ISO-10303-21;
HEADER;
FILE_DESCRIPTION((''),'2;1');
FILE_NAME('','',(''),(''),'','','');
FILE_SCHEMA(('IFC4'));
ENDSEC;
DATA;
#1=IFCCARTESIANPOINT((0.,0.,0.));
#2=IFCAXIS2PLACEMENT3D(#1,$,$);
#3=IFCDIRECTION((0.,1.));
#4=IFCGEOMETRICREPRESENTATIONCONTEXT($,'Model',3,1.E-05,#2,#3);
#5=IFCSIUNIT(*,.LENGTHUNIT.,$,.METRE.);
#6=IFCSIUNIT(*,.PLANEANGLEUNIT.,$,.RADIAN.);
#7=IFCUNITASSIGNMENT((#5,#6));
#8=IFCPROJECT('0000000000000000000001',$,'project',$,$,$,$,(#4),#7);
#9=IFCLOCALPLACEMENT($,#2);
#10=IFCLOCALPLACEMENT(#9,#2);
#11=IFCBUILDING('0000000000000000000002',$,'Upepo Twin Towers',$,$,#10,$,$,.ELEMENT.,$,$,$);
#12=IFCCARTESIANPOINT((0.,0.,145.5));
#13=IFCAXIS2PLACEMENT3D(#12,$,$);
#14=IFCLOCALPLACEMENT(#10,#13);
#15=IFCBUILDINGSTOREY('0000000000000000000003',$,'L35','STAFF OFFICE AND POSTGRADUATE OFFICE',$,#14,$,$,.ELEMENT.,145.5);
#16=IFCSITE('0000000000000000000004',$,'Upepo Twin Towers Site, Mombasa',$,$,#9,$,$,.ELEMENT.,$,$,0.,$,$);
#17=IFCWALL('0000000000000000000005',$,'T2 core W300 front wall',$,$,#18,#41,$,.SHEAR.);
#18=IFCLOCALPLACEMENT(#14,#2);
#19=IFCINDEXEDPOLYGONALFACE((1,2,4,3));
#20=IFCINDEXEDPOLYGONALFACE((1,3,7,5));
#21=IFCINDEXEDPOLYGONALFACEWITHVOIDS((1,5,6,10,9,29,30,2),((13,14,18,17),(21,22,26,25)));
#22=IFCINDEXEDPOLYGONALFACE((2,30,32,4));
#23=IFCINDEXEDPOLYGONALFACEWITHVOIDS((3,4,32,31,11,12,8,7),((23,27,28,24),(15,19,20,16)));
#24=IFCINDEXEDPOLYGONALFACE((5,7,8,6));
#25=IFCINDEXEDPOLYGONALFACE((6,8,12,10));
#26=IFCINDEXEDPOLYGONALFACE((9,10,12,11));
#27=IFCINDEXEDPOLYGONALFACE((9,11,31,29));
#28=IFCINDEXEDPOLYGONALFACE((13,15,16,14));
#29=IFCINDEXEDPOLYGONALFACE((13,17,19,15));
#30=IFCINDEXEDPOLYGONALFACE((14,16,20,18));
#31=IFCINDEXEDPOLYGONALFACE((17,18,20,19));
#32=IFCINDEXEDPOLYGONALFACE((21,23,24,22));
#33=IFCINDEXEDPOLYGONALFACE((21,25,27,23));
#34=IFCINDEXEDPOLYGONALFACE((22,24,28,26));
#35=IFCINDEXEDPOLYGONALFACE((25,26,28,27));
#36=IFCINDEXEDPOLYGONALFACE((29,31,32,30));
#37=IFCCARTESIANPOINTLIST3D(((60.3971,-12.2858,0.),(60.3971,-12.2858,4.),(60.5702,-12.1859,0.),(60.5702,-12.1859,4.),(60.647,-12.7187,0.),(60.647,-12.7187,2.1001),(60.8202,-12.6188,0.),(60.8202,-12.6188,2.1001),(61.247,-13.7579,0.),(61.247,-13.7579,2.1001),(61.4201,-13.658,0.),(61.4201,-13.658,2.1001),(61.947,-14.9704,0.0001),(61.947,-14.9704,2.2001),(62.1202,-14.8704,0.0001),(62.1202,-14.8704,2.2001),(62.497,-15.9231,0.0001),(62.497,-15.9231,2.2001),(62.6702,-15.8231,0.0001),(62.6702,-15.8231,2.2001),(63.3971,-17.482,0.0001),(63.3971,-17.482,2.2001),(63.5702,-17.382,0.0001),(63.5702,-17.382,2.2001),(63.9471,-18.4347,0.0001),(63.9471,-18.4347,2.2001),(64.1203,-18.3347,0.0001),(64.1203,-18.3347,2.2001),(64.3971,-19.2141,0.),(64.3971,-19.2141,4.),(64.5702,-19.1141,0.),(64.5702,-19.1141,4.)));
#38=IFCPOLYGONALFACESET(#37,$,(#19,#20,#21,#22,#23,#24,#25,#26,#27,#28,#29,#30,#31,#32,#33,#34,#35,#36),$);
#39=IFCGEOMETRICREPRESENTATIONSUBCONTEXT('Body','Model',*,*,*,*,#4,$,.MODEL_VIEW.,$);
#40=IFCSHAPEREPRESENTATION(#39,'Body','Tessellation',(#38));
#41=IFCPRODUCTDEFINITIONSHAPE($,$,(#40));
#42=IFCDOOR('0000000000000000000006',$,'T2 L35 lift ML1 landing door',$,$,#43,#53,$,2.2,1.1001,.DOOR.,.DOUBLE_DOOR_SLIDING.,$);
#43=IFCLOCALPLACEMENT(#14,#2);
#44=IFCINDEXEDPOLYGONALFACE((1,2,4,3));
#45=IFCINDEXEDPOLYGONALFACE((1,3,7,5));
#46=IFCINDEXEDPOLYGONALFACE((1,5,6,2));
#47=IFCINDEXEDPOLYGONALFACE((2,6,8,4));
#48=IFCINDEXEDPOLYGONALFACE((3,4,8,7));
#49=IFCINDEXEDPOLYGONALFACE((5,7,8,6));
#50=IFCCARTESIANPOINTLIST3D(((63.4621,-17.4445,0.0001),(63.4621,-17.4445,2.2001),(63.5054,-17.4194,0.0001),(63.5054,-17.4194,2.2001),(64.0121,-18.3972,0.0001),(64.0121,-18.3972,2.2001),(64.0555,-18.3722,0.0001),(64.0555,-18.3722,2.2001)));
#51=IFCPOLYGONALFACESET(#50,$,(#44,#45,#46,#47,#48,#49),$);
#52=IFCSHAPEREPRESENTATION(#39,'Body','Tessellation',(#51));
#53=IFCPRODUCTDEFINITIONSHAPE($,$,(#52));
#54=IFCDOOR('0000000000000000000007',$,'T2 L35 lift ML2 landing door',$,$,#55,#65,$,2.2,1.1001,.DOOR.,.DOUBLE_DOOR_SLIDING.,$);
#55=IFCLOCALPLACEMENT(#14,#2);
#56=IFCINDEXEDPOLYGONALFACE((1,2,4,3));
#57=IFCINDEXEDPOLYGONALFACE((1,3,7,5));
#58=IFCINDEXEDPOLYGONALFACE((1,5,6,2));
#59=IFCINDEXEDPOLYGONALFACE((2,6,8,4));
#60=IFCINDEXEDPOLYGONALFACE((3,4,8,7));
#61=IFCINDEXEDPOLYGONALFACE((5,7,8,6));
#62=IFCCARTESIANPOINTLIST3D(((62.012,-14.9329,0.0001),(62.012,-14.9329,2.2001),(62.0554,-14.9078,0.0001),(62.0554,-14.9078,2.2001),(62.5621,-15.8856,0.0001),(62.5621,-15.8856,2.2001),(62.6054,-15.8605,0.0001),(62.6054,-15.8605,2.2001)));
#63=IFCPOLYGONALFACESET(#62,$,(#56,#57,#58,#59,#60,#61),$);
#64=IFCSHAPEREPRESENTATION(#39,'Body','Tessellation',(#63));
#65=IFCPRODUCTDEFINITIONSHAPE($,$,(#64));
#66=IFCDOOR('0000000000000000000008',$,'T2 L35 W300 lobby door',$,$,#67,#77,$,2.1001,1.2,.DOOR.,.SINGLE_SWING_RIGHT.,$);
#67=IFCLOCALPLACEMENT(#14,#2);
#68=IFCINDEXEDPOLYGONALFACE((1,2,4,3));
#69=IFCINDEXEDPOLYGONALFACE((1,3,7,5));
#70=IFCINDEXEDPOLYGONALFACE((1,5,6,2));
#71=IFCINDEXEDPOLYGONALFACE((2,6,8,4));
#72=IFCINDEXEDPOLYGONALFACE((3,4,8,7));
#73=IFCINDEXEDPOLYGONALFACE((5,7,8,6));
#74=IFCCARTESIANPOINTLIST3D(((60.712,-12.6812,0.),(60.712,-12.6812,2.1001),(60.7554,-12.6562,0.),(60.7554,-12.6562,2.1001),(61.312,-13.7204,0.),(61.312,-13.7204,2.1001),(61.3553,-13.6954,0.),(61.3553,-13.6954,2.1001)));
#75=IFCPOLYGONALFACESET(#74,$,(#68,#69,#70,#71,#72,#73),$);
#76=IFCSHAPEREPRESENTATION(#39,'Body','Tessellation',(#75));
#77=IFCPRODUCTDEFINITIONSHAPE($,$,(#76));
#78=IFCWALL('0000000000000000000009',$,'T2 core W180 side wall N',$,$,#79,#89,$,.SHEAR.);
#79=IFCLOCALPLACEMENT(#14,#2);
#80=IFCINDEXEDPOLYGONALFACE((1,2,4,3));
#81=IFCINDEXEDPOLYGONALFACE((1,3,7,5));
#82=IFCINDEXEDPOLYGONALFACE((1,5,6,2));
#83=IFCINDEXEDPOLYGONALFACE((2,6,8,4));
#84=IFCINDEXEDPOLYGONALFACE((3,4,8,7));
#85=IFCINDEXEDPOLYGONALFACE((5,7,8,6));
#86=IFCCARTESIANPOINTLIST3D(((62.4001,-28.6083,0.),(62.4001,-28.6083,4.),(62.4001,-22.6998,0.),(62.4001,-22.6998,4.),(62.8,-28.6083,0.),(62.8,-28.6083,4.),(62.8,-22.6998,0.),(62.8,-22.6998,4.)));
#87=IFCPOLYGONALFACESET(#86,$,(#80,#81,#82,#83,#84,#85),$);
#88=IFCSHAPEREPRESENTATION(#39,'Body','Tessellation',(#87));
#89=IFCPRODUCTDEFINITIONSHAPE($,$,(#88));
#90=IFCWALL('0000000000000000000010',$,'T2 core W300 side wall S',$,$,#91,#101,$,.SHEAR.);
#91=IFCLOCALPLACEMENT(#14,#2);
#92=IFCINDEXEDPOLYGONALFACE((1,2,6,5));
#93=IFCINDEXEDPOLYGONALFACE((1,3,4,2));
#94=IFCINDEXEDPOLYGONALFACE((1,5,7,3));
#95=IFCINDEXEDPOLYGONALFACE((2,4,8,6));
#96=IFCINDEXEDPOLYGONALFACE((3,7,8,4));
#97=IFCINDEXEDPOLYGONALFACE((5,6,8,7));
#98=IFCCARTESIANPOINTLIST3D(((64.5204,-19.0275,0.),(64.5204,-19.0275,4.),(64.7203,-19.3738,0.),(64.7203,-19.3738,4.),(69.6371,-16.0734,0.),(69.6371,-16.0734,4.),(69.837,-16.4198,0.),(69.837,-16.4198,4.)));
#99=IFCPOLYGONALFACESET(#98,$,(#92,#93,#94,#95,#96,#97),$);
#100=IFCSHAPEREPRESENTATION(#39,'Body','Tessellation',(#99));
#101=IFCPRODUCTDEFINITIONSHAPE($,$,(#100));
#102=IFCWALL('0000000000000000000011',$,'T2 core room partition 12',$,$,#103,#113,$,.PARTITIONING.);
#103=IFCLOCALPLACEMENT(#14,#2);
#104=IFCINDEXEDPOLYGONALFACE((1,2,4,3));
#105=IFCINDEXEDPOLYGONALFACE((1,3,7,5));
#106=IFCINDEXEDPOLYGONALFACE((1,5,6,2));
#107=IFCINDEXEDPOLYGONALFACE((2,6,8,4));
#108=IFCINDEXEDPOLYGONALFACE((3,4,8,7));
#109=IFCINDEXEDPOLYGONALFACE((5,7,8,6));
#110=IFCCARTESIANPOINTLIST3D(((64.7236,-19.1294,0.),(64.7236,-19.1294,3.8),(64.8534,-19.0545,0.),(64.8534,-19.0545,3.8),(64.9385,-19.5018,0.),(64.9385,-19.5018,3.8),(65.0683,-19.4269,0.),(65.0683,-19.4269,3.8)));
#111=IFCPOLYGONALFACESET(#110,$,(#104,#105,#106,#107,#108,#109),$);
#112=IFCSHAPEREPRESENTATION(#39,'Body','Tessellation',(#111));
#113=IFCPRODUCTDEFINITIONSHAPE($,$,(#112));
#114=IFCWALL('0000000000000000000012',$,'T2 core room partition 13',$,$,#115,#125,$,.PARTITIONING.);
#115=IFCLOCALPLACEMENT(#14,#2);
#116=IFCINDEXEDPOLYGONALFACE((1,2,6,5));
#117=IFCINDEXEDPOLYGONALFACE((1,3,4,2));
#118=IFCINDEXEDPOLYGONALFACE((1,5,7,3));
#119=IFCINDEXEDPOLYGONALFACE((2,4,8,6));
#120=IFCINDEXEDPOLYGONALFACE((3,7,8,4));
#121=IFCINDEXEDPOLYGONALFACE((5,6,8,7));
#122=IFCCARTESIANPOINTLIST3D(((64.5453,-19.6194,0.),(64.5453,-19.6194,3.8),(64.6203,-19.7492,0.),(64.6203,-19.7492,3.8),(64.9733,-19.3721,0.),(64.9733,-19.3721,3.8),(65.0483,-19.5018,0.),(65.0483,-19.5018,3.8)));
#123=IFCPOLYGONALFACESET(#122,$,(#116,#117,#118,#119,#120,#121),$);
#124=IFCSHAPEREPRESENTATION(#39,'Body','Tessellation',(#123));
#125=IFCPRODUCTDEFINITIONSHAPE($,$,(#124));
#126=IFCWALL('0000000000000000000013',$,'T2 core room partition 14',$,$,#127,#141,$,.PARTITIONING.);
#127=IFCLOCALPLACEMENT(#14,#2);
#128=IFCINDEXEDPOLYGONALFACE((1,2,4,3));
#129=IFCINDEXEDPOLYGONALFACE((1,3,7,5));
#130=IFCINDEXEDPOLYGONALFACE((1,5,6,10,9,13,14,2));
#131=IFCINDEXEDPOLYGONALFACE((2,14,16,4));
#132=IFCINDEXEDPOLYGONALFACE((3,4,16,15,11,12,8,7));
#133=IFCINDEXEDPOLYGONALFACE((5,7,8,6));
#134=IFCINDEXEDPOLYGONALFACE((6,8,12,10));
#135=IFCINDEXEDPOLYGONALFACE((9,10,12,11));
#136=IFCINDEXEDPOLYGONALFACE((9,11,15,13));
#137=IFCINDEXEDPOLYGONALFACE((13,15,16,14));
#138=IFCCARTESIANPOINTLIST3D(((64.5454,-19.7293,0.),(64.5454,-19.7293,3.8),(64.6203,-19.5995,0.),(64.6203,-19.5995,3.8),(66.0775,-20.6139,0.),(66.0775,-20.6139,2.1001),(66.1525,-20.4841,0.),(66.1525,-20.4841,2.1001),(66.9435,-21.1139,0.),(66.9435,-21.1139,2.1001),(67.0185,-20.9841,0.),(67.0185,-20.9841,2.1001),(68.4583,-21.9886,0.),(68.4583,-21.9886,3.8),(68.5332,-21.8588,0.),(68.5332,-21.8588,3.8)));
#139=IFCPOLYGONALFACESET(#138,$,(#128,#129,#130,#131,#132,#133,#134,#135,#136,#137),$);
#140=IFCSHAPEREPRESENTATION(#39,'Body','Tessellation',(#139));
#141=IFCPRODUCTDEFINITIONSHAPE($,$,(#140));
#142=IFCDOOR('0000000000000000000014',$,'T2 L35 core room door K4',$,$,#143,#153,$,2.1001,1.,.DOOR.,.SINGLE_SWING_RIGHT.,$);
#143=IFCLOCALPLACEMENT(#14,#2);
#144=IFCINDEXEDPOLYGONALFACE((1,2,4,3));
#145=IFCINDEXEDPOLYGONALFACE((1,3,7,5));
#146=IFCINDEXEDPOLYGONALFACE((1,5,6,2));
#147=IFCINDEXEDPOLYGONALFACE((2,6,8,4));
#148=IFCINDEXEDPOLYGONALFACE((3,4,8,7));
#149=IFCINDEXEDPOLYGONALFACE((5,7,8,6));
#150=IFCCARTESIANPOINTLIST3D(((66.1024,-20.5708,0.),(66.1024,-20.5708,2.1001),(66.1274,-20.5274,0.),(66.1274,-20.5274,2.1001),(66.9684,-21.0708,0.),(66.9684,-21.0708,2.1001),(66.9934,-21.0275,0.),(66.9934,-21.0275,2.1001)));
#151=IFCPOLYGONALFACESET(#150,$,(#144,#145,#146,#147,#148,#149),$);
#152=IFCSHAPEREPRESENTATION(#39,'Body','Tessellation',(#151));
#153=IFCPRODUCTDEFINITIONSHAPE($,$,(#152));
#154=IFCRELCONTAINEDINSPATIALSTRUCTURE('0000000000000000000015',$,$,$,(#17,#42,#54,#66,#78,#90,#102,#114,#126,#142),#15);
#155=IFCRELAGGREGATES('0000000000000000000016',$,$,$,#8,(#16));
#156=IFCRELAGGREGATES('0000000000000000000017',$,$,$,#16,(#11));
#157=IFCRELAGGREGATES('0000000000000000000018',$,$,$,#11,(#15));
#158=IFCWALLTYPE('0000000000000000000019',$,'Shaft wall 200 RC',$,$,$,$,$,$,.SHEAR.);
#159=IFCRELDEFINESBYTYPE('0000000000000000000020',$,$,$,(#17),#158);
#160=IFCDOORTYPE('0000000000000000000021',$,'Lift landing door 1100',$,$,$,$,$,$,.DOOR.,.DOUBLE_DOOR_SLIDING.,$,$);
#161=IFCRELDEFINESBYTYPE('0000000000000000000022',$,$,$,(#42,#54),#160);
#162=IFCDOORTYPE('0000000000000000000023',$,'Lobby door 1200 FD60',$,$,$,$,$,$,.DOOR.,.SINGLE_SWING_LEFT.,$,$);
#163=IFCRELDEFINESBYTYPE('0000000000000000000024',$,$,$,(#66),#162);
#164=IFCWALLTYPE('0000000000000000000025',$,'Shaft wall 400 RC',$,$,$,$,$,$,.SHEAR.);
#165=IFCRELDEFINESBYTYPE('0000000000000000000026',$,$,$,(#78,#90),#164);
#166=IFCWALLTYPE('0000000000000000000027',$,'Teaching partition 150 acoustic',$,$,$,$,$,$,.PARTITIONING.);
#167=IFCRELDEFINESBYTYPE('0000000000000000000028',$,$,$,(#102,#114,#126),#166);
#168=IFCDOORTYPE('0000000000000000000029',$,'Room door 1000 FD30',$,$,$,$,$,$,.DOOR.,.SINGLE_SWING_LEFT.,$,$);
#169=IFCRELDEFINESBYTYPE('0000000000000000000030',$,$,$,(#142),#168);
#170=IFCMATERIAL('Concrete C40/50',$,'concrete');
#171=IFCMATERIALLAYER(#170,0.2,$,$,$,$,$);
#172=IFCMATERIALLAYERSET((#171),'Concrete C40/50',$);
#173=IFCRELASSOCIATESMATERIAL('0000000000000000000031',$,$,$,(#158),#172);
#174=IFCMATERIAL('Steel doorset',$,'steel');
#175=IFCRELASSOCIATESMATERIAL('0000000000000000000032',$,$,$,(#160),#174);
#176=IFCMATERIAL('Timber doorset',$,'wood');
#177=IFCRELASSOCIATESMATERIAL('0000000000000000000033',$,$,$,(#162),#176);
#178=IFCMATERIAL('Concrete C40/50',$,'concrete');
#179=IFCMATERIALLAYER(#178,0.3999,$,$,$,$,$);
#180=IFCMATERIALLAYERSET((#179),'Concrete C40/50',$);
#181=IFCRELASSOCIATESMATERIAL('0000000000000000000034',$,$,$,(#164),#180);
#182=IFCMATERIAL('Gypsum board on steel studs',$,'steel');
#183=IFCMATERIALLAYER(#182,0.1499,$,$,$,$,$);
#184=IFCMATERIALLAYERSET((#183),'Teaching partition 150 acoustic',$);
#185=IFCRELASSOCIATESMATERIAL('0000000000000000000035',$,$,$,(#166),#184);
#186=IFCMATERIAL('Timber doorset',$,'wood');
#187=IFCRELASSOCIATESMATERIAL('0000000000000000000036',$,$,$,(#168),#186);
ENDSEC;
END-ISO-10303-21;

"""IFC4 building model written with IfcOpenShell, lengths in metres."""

from ifc_helpers import new_model, si_unit, direction, frame, frame_2d, origin, place, context, subcontext, project, spatial, rectangle, extrude, material, layer, layer_set, type_object, element, fill, save


model = new_model("IFC4")

# Units and contexts
model_context = context("Model", 3, precision=1e-05, world=origin(), true_north=direction((0.0, 1.0)))
body_context = subcontext(model_context, "Body", "Model", "MODEL_VIEW")
ifc_project = project(units=[si_unit("LENGTHUNIT", "METRE"), si_unit("PLANEANGLEUNIT", "RADIAN")], contexts=[model_context])

# Site, building, storey
site_placement = place(None, origin())
site = spatial("IfcSite", under=ifc_project, at=site_placement, Name="Upepo Twin Towers Site, Mombasa", CompositionType="ELEMENT", RefElevation=0.0)
building_placement = place(site_placement, origin())
building = spatial("IfcBuilding", under=site, at=building_placement, Name="Upepo Twin Towers", CompositionType="ELEMENT")
storey_placement = place(building_placement, frame((0.0, 0.0, 145.5)))
storey = spatial("IfcBuildingStorey", under=building, at=storey_placement, Name="L35", Description="STAFF OFFICE AND POSTGRADUATE OFFICE", CompositionType="ELEMENT", Elevation=145.5)

# Shared definitions
ifc_material_1 = material(Name="Concrete C40/50", Category="concrete")
ifc_layer_1 = layer(ifc_material_1, 0.2)
ifc_layer_set_1 = layer_set([ifc_layer_1], Name="Concrete C40/50")
wall_type_1 = type_object("IfcWallType", Name="Shaft wall 200 RC", PredefinedType="SHEAR", material=ifc_layer_set_1)

# Wall, openings, doors
wall_1_placement = place(storey_placement, frame((64.4836, -19.1641, 0.0), z_axis=(0.0, 0.0, 1.0), x_axis=(-0.499999, 0.866026, 0.0)))
wall_1 = element("IfcWall", 1, at=wall_1_placement, inside=storey, type_object=wall_type_1, Name="T2 core W300 front wall", PredefinedType="SHEAR", context=body_context, shape_type="SweptSolid", body=[
    extrude(rectangle(XDim=8.0, YDim=0.2, at=frame_2d((4.0, 0.0))), origin(), (0.0, 0.0, 1.0), 4.0),
])
opening_1_placement = place(wall_1_placement, frame((6.3, 0.0, 0.0)))
opening_1 = element("IfcOpeningElement", 2, at=opening_1_placement, cuts=wall_1, PredefinedType="OPENING", context=body_context, shape_type="SweptSolid", body=[
    extrude(rectangle(XDim=1.2, YDim=2.1001, at=frame_2d((0.6001, 1.05))), frame((0.0, 0.1099, 0.0), z_axis=(0.0, -1.0, 0.0), x_axis=(1.0, 0.0, 0.0)), (0.0, 0.0, 1.0), 0.22),
])
opening_2_placement = place(wall_1_placement, frame((0.8999, 0.0, 0.0)))
opening_2 = element("IfcOpeningElement", 3, at=opening_2_placement, cuts=wall_1, PredefinedType="OPENING", context=body_context, shape_type="SweptSolid", body=[
    extrude(rectangle(XDim=1.1001, YDim=2.2, at=frame_2d((0.55, 1.1001))), frame((0.0, 0.1099, 0.0), z_axis=(0.0, -1.0, 0.0), x_axis=(1.0, 0.0, 0.0)), (0.0, 0.0, 1.0), 0.22),
])
opening_3_placement = place(wall_1_placement, frame((3.8, 0.0, 0.0)))
opening_3 = element("IfcOpeningElement", 4, at=opening_3_placement, cuts=wall_1, PredefinedType="OPENING", context=body_context, shape_type="SweptSolid", body=[
    extrude(rectangle(XDim=1.1001, YDim=2.2, at=frame_2d((0.55, 1.1001))), frame((0.0, 0.1099, 0.0), z_axis=(0.0, -1.0, 0.0), x_axis=(1.0, 0.0, 0.0)), (0.0, 0.0, 1.0), 0.22),
])
ifc_material_2 = material(Name="Steel doorset", Category="steel")
door_type_1 = type_object("IfcDoorType", Name="Lift landing door 1100", OperationType="DOUBLE_DOOR_SLIDING", PredefinedType="DOOR", material=ifc_material_2)
door_1_placement = place(opening_2_placement, origin())
door_1 = element("IfcDoor", 5, at=door_1_placement, inside=storey, type_object=door_type_1, Name="T2 L35 lift ML1 landing door", OperationType="DOUBLE_DOOR_SLIDING", OverallHeight=2.2, OverallWidth=1.1001, PredefinedType="DOOR", context=body_context, shape_type="SweptSolid", body=[
    extrude(rectangle(XDim=1.1001, YDim=2.2, at=frame_2d((0.55, 1.1001))), frame((0.0, 0.0249, 0.0), z_axis=(0.0, -1.0, 0.0), x_axis=(1.0, 0.0, 0.0)), (0.0, 0.0, 1.0), 0.05),
])
fill(opening_2, door_1)
door_2_placement = place(opening_3_placement, origin())
door_2 = element("IfcDoor", 6, at=door_2_placement, inside=storey, type_object=door_type_1, Name="T2 L35 lift ML2 landing door", OperationType="DOUBLE_DOOR_SLIDING", OverallHeight=2.2, OverallWidth=1.1001, PredefinedType="DOOR", context=body_context, shape_type="SweptSolid", body=[
    extrude(rectangle(XDim=1.1001, YDim=2.2, at=frame_2d((0.55, 1.1001))), frame((0.0, 0.0249, 0.0), z_axis=(0.0, -1.0, 0.0), x_axis=(1.0, 0.0, 0.0)), (0.0, 0.0, 1.0), 0.05),
])
fill(opening_3, door_2)
ifc_material_3 = material(Name="Timber doorset", Category="wood")
door_type_2 = type_object("IfcDoorType", Name="Lobby door 1200 FD60", OperationType="SINGLE_SWING_LEFT", PredefinedType="DOOR", material=ifc_material_3)
door_3_placement = place(opening_1_placement, origin())
door_3 = element("IfcDoor", 7, at=door_3_placement, inside=storey, type_object=door_type_2, Name="T2 L35 W300 lobby door", OperationType="SINGLE_SWING_RIGHT", OverallHeight=2.1001, OverallWidth=1.2, PredefinedType="DOOR", context=body_context, shape_type="SweptSolid", body=[
    extrude(rectangle(XDim=1.2, YDim=2.1001, at=frame_2d((0.6001, 1.05))), frame((0.0, 0.0249, 0.0), z_axis=(0.0, -1.0, 0.0), x_axis=(1.0, 0.0, 0.0)), (0.0, 0.0, 1.0), 0.05),
])
fill(opening_1, door_3)

# Walls
ifc_material_4 = material(Name="Concrete C40/50", Category="concrete")
ifc_layer_2 = layer(ifc_material_4, 0.3999)
ifc_layer_set_2 = layer_set([ifc_layer_2], Name="Concrete C40/50")
wall_type_2 = type_object("IfcWallType", Name="Shaft wall 400 RC", PredefinedType="SHEAR", material=ifc_layer_set_2)
wall_2_placement = place(storey_placement, frame((62.6001, -22.7, 0.0), z_axis=(0.0, 0.0, 1.0), x_axis=(0.0, -1.0, 0.0)))
element("IfcWall", 8, at=wall_2_placement, inside=storey, type_object=wall_type_2, Name="T2 core W180 side wall N", PredefinedType="SHEAR", context=body_context, shape_type="SweptSolid", body=[
    extrude(rectangle(XDim=5.9084, YDim=0.3999, at=frame_2d((2.9541, 0.0))), origin(), (0.0, 0.0, 1.0), 4.0),
])
wall_3_placement = place(storey_placement, frame((64.6204, -19.2007, 0.0), z_axis=(0.0, 0.0, 1.0), x_axis=(0.866027, 0.499997, 0.0)))
element("IfcWall", 9, at=wall_3_placement, inside=storey, type_object=wall_type_2, Name="T2 core W300 side wall S", PredefinedType="SHEAR", context=body_context, shape_type="SweptSolid", body=[
    extrude(rectangle(XDim=5.9082, YDim=0.3999, at=frame_2d((2.9541, 0.0))), origin(), (0.0, 0.0, 1.0), 4.0),
])
ifc_material_5 = material(Name="Gypsum board on steel studs", Category="steel")
ifc_layer_3 = layer(ifc_material_5, 0.1499)
ifc_layer_set_3 = layer_set([ifc_layer_3], Name="Teaching partition 150 acoustic")
wall_type_3 = type_object("IfcWallType", Name="Teaching partition 150 acoustic", PredefinedType="PARTITIONING", material=ifc_layer_set_3)
wall_4_placement = place(storey_placement, frame((64.7886, -19.092, 0.0), z_axis=(0.0, 0.0, 1.0), x_axis=(0.499804, -0.866138, 0.0)))
element("IfcWall", 10, at=wall_4_placement, inside=storey, type_object=wall_type_3, Name="T2 core room partition 12", PredefinedType="PARTITIONING", context=body_context, shape_type="SweptSolid", body=[
    extrude(rectangle(XDim=0.4299, YDim=0.1499, at=frame_2d((0.2148, 0.0))), origin(), (0.0, 0.0, 1.0), 3.8),
])
wall_5_placement = place(storey_placement, frame((65.0107, -19.437, 0.0), z_axis=(0.0, 0.0, 1.0), x_axis=(-0.865832, -0.500335, 0.0)))
element("IfcWall", 11, at=wall_5_placement, inside=storey, type_object=wall_type_3, Name="T2 core room partition 13", PredefinedType="PARTITIONING", context=body_context, shape_type="SweptSolid", body=[
    extrude(rectangle(XDim=0.4944, YDim=0.1499, at=frame_2d((0.2471, 0.0))), origin(), (0.0, 0.0, 1.0), 3.8),
])

# Wall, opening, door
wall_6_placement = place(storey_placement, frame((64.5828, -19.6643, 0.0), z_axis=(0.0, 0.0, 1.0), x_axis=(0.866007, -0.500033, 0.0)))
wall_6 = element("IfcWall", 12, at=wall_6_placement, inside=storey, type_object=wall_type_3, Name="T2 core room partition 14", PredefinedType="PARTITIONING", context=body_context, shape_type="SweptSolid", body=[
    extrude(rectangle(XDim=4.5183, YDim=0.1499, at=frame_2d((2.2593, 0.0))), origin(), (0.0, 0.0, 1.0), 3.8),
])
opening_4_placement = place(wall_6_placement, frame((1.7693, 0.0, 0.0)))
opening_4 = element("IfcOpeningElement", 13, at=opening_4_placement, cuts=wall_6, PredefinedType="OPENING", context=body_context, shape_type="SweptSolid", body=[
    extrude(rectangle(XDim=1.0, YDim=2.1001, at=frame_2d((0.5, 1.05))), frame((0.0, 0.085, 0.0), z_axis=(0.0, -1.0, 0.0), x_axis=(1.0, 0.0, 0.0)), (0.0, 0.0, 1.0), 0.1699),
])
ifc_material_6 = material(Name="Timber doorset", Category="wood")
door_type_3 = type_object("IfcDoorType", Name="Room door 1000 FD30", OperationType="SINGLE_SWING_LEFT", PredefinedType="DOOR", material=ifc_material_6)
door_4_placement = place(opening_4_placement, origin())
door_4 = element("IfcDoor", 14, at=door_4_placement, inside=storey, type_object=door_type_3, Name="T2 L35 core room door K4", OperationType="SINGLE_SWING_RIGHT", OverallHeight=2.1001, OverallWidth=1.0, PredefinedType="DOOR", context=body_context, shape_type="SweptSolid", body=[
    extrude(rectangle(XDim=1.0, YDim=2.1001, at=frame_2d((0.5, 1.05))), frame((0.0, 0.0249, 0.0), z_axis=(0.0, -1.0, 0.0), x_axis=(1.0, 0.0, 0.0)), (0.0, 0.0, 1.0), 0.05),
])
fill(opening_4, door_4)

save(model, "model.ifc")
